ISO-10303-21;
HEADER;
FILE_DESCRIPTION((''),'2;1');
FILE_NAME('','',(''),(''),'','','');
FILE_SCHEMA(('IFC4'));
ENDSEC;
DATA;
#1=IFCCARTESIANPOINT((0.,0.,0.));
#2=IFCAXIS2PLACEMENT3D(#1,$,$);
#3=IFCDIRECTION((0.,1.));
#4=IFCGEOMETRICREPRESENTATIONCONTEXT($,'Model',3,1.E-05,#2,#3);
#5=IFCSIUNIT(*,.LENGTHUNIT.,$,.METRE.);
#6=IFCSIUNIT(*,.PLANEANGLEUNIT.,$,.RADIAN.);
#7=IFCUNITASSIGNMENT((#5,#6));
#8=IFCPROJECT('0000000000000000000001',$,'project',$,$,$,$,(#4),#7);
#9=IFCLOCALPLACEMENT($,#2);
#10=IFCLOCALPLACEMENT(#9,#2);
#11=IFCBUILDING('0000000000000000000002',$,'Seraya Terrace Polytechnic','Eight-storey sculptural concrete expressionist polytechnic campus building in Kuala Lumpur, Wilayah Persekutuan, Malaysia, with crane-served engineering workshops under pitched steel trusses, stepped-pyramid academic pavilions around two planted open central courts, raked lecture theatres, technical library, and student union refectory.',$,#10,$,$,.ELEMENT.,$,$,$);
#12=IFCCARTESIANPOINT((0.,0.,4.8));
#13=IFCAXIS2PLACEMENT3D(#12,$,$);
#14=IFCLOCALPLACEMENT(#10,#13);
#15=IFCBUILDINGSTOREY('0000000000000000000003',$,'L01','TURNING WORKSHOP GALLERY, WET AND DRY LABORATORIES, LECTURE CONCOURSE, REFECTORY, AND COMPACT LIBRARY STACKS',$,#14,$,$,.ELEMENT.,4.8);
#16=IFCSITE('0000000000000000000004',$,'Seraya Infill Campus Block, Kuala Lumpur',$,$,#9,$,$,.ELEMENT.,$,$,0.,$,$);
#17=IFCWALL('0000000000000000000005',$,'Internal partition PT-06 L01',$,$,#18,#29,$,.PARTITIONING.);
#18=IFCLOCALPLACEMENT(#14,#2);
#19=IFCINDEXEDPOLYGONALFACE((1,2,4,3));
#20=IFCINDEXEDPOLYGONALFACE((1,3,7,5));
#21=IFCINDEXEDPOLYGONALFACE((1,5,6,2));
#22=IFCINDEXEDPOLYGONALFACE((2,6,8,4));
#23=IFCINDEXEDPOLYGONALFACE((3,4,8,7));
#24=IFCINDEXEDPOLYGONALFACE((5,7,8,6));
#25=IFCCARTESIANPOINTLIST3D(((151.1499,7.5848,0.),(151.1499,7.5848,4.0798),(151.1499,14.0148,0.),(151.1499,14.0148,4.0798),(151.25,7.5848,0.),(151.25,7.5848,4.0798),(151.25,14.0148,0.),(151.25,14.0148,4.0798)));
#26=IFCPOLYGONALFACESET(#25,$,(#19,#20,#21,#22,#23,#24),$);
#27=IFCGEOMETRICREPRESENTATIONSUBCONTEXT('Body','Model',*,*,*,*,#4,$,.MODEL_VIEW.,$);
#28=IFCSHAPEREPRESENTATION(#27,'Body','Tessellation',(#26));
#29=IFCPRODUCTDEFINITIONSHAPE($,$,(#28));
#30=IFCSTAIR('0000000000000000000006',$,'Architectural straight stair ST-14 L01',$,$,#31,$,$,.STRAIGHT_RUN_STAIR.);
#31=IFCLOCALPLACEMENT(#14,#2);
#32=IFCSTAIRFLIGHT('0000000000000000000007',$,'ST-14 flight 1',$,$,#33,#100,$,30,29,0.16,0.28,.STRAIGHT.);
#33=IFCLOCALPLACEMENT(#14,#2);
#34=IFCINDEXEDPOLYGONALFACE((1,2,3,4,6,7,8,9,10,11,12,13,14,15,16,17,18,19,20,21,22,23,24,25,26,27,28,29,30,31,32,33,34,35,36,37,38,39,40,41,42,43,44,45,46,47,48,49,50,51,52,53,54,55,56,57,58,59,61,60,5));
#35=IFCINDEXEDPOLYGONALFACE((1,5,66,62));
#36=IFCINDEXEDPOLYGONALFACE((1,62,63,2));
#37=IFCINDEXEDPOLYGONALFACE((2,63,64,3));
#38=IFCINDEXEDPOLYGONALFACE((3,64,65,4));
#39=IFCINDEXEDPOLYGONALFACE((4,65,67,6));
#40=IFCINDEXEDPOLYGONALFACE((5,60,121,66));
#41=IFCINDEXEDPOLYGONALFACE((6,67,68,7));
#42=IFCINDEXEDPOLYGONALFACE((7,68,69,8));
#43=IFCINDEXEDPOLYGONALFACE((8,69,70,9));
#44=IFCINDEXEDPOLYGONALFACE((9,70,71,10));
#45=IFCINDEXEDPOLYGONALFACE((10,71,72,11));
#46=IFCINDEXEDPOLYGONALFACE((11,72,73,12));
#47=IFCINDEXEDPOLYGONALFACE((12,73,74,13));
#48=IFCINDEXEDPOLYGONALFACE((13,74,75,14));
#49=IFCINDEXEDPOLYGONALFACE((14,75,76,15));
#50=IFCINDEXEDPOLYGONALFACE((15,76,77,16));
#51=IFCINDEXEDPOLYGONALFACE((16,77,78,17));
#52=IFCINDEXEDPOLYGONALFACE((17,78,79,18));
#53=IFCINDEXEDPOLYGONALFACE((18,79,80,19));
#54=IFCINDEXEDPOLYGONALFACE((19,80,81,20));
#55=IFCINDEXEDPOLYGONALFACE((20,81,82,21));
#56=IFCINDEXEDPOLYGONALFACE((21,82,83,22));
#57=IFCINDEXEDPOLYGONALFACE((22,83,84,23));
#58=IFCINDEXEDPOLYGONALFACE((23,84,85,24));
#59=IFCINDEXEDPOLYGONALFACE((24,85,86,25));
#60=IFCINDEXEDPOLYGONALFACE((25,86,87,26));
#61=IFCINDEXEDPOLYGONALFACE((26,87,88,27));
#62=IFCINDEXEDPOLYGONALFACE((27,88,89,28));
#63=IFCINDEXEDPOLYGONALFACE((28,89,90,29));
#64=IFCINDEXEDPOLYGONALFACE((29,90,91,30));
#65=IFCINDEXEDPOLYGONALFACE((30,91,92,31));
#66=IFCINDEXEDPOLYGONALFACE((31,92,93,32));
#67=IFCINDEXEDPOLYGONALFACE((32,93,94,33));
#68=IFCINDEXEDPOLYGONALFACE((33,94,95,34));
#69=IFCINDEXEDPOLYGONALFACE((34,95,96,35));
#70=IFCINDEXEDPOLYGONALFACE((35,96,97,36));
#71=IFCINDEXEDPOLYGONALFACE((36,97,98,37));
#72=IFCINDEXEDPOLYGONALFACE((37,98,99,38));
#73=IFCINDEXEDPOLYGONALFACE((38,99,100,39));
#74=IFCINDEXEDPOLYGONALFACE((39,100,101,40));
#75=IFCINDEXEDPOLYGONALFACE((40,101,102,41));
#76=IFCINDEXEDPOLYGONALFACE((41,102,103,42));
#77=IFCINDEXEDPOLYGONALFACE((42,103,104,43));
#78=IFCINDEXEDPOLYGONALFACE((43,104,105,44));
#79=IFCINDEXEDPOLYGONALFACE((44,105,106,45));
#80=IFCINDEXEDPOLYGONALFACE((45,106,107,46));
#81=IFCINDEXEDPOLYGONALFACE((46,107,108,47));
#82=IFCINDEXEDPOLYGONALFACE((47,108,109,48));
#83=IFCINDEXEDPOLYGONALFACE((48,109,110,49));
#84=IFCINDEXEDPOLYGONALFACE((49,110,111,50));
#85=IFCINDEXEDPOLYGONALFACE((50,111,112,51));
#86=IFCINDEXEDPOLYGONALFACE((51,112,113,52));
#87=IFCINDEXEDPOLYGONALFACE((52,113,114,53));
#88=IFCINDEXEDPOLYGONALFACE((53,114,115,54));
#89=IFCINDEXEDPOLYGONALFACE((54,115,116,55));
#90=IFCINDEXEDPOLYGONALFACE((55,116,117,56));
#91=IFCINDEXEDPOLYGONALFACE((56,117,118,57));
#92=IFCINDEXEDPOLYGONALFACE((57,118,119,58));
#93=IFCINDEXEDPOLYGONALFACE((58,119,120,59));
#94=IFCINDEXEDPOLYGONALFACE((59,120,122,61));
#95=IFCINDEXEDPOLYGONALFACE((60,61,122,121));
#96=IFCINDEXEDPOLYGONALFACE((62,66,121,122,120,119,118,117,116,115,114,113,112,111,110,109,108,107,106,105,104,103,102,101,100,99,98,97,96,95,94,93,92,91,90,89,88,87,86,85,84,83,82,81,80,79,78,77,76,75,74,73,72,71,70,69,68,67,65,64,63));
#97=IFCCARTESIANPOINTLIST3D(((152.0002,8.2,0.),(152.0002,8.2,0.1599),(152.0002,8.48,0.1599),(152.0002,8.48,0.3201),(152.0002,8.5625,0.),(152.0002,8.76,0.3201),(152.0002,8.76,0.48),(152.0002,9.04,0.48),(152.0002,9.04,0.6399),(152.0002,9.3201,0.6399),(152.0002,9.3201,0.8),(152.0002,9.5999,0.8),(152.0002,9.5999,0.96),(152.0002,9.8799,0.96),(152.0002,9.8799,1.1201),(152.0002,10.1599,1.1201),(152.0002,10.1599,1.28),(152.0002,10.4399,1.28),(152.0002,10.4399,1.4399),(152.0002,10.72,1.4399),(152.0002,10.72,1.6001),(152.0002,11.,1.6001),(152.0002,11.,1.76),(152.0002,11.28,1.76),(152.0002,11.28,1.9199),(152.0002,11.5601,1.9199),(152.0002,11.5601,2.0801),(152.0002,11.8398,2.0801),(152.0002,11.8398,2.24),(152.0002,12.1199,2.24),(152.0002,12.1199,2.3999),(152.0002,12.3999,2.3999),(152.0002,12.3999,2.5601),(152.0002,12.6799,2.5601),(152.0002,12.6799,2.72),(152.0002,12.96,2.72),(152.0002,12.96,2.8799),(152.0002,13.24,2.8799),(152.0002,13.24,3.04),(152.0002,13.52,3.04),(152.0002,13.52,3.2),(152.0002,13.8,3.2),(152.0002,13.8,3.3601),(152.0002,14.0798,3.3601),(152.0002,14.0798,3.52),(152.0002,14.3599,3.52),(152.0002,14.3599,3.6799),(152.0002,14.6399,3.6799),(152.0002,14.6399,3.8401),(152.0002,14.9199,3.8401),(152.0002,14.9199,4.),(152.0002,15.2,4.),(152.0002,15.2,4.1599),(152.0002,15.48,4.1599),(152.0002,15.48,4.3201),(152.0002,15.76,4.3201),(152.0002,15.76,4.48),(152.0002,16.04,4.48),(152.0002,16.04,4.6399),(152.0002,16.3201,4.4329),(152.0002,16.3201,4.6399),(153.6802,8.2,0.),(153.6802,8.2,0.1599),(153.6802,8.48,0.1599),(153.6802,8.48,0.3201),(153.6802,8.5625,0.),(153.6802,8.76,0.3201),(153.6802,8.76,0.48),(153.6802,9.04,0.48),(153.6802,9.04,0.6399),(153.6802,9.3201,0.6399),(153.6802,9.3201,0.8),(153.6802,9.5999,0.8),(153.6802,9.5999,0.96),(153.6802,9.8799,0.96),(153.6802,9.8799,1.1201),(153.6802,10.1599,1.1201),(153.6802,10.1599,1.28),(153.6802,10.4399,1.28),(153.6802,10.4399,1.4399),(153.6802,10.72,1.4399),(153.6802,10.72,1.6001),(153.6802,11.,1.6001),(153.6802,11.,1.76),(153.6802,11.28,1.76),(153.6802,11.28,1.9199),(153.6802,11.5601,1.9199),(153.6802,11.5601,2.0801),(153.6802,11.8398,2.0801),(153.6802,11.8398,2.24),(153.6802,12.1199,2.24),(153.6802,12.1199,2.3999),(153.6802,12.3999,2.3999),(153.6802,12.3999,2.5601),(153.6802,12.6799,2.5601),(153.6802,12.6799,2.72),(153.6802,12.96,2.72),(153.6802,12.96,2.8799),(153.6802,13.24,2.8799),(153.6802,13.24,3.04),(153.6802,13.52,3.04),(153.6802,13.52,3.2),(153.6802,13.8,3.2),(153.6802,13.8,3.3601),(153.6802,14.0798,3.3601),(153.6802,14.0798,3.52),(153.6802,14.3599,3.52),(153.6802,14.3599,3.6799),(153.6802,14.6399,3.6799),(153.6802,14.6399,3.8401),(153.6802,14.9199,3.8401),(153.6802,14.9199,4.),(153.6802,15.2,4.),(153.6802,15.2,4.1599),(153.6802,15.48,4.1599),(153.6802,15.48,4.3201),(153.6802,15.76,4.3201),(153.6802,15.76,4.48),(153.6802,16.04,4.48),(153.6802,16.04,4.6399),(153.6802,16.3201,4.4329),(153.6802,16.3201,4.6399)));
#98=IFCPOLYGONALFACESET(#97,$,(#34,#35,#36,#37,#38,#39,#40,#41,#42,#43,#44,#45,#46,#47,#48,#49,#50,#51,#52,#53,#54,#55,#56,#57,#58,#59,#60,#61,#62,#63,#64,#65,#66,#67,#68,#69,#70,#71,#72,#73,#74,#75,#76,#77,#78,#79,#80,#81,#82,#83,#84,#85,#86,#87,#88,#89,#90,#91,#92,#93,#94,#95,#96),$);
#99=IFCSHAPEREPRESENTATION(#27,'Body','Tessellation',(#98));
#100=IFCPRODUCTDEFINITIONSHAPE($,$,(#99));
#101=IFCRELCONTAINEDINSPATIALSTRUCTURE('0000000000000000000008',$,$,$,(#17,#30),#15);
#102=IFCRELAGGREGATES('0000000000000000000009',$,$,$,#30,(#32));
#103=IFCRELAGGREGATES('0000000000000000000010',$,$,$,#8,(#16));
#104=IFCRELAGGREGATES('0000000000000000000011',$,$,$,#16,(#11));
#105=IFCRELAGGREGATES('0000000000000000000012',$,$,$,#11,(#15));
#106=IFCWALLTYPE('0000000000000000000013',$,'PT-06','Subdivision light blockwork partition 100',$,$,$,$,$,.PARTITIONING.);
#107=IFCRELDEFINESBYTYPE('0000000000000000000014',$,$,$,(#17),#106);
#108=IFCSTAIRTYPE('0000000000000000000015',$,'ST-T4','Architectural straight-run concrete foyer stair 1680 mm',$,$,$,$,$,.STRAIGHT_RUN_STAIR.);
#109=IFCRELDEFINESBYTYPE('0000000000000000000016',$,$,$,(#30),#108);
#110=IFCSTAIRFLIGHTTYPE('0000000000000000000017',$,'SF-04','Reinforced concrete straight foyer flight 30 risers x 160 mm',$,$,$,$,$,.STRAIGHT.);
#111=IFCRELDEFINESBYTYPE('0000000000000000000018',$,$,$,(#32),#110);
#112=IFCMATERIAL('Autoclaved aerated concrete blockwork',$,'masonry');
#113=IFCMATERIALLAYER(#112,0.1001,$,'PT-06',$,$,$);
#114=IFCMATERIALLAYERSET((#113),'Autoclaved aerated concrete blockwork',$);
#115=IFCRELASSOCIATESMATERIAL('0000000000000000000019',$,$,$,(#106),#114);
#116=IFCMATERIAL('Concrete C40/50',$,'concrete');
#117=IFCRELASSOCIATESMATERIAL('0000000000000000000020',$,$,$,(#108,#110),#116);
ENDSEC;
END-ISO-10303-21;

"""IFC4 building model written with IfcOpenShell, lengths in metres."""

from ifc_helpers import new_model, si_unit, direction, frame, frame_2d, origin, place, context, subcontext, project, spatial, polyline, rectangle, outline, extrude, material, layer, layer_set, type_object, element, aggregate, save


model = new_model("IFC4")

# Units and contexts
model_context = context("Model", 3, precision=1e-05, world=origin(), true_north=direction((0.0, 1.0)))
body_context = subcontext(model_context, "Body", "Model", "MODEL_VIEW")
ifc_project = project(units=[si_unit("LENGTHUNIT", "METRE"), si_unit("PLANEANGLEUNIT", "RADIAN")], contexts=[model_context])

# Site, building, storey
site_placement = place(None, origin())
site = spatial("IfcSite", under=ifc_project, at=site_placement, Name="Seraya Infill Campus Block, Kuala Lumpur", CompositionType="ELEMENT", RefElevation=0.0)
building_placement = place(site_placement, origin())
building = spatial("IfcBuilding", under=site, at=building_placement, Name="Seraya Terrace Polytechnic", Description="Eight-storey sculptural concrete expressionist polytechnic campus building in Kuala Lumpur, Wilayah Persekutuan, Malaysia, with crane-served engineering workshops under pitched steel trusses, stepped-pyramid academic pavilions around two planted open central courts, raked lecture theatres, technical library, and student union refectory.", CompositionType="ELEMENT")
storey_placement = place(building_placement, frame((0.0, 0.0, 4.8)))
storey = spatial("IfcBuildingStorey", under=building, at=storey_placement, Name="L01", Description="TURNING WORKSHOP GALLERY, WET AND DRY LABORATORIES, LECTURE CONCOURSE, REFECTORY, AND COMPACT LIBRARY STACKS", CompositionType="ELEMENT", Elevation=4.8)

# Shared definitions
ifc_material_1 = material(Name="Concrete C40/50", Category="concrete")

# Wall
ifc_material_2 = material(Name="Autoclaved aerated concrete blockwork", Category="masonry")
ifc_layer_1 = layer(ifc_material_2, 0.1001, Name="PT-06")
ifc_layer_set_1 = layer_set([ifc_layer_1], Name="Autoclaved aerated concrete blockwork")
wall_type_1 = type_object("IfcWallType", Name="PT-06", Description="Subdivision light blockwork partition 100", PredefinedType="PARTITIONING", material=ifc_layer_set_1)
wall_1_placement = place(storey_placement, frame((151.2, 7.585, 0.0), z_axis=(0.0, 0.0, 1.0), x_axis=(0.0, 1.0, 0.0)))
element("IfcWall", 1, at=wall_1_placement, inside=storey, type_object=wall_type_1, Name="Internal partition PT-06 L01", PredefinedType="PARTITIONING", context=body_context, shape_type="SweptSolid", body=[
    extrude(rectangle(XDim=6.4299, YDim=0.1001, at=frame_2d((3.2148, 0.0))), origin(), (0.0, 0.0, 1.0), 4.0798),
])

# Stair, stair flight
stair_type = type_object("IfcStairType", Name="ST-T4", Description="Architectural straight-run concrete foyer stair 1680 mm", PredefinedType="STRAIGHT_RUN_STAIR", material=ifc_material_1)
stair_placement = place(storey_placement, origin())
stair = element("IfcStair", 2, at=stair_placement, inside=storey, type_object=stair_type, Name="Architectural straight stair ST-14 L01", PredefinedType="STRAIGHT_RUN_STAIR")
stair_flight_type = type_object("IfcStairFlightType", Name="SF-04", Description="Reinforced concrete straight foyer flight 30 risers x 160 mm", PredefinedType="STRAIGHT", material=ifc_material_1)
stair_flight_placement = place(storey_placement, frame((152.8401, 8.2, 0.0), z_axis=(0.0, 0.0, 1.0), x_axis=(0.0, 1.0, 0.0)))
stair_flight = element("IfcStairFlight", 3, at=stair_flight_placement, type_object=stair_flight_type, Name="ST-14 flight 1", NumberOfRisers=30, NumberOfTreads=29, PredefinedType="STRAIGHT", RiserHeight=0.16, TreadLength=0.28, context=body_context, shape_type="SweptSolid", body=[
    extrude(outline(polyline([(0.0, 0.0), (0.0, 0.1599), (0.28, 0.1599), (0.28, 0.3201), (0.5601, 0.3201), (0.5601, 0.48), (0.8401, 0.48), (0.8401, 0.6399), (1.1201, 0.6399), (1.1201, 0.8), (1.3999, 0.8), (1.3999, 0.96), (1.6799, 0.96), (1.6799, 1.1201), (1.96, 1.1201), (1.96, 1.28), (2.24, 1.28), (2.24, 1.4399), (2.52, 1.4399), (2.52, 1.6001), (2.8, 1.6001), (2.8, 1.76), (3.0801, 1.76), (3.0801, 1.9199), (3.3601, 1.9199), (3.3601, 2.0801), (3.6399, 2.0801), (3.6399, 2.24), (3.9199, 2.24), (3.9199, 2.3999), (4.2, 2.3999), (4.2, 2.5601), (4.48, 2.5601), (4.48, 2.72), (4.76, 2.72), (4.76, 2.8799), (5.04, 2.8799), (5.04, 3.04), (5.3201, 3.04), (5.3201, 3.2), (5.6001, 3.2), (5.6001, 3.3601), (5.8799, 3.3601), (5.8799, 3.52), (6.1599, 3.52), (6.1599, 3.6799), (6.4399, 3.6799), (6.4399, 3.8401), (6.72, 3.8401), (6.72, 4.0), (7.0, 4.0), (7.0, 4.1599), (7.28, 4.1599), (7.28, 4.3201), (7.5601, 4.3201), (7.5601, 4.48), (7.8401, 4.48), (7.8401, 4.6399), (8.1201, 4.6399), (8.1201, 4.8), (8.1201, 4.4329), (0.3625, 0.0), (0.0, 0.0)])), frame((0.0, 0.8398, 0.0), z_axis=(0.0, -1.0, 0.0), x_axis=(1.0, 0.0, 0.0)), (0.0, 0.0, 1.0), 1.6799),
])
aggregate(stair, [stair_flight])

save(model, "model.ifc")
